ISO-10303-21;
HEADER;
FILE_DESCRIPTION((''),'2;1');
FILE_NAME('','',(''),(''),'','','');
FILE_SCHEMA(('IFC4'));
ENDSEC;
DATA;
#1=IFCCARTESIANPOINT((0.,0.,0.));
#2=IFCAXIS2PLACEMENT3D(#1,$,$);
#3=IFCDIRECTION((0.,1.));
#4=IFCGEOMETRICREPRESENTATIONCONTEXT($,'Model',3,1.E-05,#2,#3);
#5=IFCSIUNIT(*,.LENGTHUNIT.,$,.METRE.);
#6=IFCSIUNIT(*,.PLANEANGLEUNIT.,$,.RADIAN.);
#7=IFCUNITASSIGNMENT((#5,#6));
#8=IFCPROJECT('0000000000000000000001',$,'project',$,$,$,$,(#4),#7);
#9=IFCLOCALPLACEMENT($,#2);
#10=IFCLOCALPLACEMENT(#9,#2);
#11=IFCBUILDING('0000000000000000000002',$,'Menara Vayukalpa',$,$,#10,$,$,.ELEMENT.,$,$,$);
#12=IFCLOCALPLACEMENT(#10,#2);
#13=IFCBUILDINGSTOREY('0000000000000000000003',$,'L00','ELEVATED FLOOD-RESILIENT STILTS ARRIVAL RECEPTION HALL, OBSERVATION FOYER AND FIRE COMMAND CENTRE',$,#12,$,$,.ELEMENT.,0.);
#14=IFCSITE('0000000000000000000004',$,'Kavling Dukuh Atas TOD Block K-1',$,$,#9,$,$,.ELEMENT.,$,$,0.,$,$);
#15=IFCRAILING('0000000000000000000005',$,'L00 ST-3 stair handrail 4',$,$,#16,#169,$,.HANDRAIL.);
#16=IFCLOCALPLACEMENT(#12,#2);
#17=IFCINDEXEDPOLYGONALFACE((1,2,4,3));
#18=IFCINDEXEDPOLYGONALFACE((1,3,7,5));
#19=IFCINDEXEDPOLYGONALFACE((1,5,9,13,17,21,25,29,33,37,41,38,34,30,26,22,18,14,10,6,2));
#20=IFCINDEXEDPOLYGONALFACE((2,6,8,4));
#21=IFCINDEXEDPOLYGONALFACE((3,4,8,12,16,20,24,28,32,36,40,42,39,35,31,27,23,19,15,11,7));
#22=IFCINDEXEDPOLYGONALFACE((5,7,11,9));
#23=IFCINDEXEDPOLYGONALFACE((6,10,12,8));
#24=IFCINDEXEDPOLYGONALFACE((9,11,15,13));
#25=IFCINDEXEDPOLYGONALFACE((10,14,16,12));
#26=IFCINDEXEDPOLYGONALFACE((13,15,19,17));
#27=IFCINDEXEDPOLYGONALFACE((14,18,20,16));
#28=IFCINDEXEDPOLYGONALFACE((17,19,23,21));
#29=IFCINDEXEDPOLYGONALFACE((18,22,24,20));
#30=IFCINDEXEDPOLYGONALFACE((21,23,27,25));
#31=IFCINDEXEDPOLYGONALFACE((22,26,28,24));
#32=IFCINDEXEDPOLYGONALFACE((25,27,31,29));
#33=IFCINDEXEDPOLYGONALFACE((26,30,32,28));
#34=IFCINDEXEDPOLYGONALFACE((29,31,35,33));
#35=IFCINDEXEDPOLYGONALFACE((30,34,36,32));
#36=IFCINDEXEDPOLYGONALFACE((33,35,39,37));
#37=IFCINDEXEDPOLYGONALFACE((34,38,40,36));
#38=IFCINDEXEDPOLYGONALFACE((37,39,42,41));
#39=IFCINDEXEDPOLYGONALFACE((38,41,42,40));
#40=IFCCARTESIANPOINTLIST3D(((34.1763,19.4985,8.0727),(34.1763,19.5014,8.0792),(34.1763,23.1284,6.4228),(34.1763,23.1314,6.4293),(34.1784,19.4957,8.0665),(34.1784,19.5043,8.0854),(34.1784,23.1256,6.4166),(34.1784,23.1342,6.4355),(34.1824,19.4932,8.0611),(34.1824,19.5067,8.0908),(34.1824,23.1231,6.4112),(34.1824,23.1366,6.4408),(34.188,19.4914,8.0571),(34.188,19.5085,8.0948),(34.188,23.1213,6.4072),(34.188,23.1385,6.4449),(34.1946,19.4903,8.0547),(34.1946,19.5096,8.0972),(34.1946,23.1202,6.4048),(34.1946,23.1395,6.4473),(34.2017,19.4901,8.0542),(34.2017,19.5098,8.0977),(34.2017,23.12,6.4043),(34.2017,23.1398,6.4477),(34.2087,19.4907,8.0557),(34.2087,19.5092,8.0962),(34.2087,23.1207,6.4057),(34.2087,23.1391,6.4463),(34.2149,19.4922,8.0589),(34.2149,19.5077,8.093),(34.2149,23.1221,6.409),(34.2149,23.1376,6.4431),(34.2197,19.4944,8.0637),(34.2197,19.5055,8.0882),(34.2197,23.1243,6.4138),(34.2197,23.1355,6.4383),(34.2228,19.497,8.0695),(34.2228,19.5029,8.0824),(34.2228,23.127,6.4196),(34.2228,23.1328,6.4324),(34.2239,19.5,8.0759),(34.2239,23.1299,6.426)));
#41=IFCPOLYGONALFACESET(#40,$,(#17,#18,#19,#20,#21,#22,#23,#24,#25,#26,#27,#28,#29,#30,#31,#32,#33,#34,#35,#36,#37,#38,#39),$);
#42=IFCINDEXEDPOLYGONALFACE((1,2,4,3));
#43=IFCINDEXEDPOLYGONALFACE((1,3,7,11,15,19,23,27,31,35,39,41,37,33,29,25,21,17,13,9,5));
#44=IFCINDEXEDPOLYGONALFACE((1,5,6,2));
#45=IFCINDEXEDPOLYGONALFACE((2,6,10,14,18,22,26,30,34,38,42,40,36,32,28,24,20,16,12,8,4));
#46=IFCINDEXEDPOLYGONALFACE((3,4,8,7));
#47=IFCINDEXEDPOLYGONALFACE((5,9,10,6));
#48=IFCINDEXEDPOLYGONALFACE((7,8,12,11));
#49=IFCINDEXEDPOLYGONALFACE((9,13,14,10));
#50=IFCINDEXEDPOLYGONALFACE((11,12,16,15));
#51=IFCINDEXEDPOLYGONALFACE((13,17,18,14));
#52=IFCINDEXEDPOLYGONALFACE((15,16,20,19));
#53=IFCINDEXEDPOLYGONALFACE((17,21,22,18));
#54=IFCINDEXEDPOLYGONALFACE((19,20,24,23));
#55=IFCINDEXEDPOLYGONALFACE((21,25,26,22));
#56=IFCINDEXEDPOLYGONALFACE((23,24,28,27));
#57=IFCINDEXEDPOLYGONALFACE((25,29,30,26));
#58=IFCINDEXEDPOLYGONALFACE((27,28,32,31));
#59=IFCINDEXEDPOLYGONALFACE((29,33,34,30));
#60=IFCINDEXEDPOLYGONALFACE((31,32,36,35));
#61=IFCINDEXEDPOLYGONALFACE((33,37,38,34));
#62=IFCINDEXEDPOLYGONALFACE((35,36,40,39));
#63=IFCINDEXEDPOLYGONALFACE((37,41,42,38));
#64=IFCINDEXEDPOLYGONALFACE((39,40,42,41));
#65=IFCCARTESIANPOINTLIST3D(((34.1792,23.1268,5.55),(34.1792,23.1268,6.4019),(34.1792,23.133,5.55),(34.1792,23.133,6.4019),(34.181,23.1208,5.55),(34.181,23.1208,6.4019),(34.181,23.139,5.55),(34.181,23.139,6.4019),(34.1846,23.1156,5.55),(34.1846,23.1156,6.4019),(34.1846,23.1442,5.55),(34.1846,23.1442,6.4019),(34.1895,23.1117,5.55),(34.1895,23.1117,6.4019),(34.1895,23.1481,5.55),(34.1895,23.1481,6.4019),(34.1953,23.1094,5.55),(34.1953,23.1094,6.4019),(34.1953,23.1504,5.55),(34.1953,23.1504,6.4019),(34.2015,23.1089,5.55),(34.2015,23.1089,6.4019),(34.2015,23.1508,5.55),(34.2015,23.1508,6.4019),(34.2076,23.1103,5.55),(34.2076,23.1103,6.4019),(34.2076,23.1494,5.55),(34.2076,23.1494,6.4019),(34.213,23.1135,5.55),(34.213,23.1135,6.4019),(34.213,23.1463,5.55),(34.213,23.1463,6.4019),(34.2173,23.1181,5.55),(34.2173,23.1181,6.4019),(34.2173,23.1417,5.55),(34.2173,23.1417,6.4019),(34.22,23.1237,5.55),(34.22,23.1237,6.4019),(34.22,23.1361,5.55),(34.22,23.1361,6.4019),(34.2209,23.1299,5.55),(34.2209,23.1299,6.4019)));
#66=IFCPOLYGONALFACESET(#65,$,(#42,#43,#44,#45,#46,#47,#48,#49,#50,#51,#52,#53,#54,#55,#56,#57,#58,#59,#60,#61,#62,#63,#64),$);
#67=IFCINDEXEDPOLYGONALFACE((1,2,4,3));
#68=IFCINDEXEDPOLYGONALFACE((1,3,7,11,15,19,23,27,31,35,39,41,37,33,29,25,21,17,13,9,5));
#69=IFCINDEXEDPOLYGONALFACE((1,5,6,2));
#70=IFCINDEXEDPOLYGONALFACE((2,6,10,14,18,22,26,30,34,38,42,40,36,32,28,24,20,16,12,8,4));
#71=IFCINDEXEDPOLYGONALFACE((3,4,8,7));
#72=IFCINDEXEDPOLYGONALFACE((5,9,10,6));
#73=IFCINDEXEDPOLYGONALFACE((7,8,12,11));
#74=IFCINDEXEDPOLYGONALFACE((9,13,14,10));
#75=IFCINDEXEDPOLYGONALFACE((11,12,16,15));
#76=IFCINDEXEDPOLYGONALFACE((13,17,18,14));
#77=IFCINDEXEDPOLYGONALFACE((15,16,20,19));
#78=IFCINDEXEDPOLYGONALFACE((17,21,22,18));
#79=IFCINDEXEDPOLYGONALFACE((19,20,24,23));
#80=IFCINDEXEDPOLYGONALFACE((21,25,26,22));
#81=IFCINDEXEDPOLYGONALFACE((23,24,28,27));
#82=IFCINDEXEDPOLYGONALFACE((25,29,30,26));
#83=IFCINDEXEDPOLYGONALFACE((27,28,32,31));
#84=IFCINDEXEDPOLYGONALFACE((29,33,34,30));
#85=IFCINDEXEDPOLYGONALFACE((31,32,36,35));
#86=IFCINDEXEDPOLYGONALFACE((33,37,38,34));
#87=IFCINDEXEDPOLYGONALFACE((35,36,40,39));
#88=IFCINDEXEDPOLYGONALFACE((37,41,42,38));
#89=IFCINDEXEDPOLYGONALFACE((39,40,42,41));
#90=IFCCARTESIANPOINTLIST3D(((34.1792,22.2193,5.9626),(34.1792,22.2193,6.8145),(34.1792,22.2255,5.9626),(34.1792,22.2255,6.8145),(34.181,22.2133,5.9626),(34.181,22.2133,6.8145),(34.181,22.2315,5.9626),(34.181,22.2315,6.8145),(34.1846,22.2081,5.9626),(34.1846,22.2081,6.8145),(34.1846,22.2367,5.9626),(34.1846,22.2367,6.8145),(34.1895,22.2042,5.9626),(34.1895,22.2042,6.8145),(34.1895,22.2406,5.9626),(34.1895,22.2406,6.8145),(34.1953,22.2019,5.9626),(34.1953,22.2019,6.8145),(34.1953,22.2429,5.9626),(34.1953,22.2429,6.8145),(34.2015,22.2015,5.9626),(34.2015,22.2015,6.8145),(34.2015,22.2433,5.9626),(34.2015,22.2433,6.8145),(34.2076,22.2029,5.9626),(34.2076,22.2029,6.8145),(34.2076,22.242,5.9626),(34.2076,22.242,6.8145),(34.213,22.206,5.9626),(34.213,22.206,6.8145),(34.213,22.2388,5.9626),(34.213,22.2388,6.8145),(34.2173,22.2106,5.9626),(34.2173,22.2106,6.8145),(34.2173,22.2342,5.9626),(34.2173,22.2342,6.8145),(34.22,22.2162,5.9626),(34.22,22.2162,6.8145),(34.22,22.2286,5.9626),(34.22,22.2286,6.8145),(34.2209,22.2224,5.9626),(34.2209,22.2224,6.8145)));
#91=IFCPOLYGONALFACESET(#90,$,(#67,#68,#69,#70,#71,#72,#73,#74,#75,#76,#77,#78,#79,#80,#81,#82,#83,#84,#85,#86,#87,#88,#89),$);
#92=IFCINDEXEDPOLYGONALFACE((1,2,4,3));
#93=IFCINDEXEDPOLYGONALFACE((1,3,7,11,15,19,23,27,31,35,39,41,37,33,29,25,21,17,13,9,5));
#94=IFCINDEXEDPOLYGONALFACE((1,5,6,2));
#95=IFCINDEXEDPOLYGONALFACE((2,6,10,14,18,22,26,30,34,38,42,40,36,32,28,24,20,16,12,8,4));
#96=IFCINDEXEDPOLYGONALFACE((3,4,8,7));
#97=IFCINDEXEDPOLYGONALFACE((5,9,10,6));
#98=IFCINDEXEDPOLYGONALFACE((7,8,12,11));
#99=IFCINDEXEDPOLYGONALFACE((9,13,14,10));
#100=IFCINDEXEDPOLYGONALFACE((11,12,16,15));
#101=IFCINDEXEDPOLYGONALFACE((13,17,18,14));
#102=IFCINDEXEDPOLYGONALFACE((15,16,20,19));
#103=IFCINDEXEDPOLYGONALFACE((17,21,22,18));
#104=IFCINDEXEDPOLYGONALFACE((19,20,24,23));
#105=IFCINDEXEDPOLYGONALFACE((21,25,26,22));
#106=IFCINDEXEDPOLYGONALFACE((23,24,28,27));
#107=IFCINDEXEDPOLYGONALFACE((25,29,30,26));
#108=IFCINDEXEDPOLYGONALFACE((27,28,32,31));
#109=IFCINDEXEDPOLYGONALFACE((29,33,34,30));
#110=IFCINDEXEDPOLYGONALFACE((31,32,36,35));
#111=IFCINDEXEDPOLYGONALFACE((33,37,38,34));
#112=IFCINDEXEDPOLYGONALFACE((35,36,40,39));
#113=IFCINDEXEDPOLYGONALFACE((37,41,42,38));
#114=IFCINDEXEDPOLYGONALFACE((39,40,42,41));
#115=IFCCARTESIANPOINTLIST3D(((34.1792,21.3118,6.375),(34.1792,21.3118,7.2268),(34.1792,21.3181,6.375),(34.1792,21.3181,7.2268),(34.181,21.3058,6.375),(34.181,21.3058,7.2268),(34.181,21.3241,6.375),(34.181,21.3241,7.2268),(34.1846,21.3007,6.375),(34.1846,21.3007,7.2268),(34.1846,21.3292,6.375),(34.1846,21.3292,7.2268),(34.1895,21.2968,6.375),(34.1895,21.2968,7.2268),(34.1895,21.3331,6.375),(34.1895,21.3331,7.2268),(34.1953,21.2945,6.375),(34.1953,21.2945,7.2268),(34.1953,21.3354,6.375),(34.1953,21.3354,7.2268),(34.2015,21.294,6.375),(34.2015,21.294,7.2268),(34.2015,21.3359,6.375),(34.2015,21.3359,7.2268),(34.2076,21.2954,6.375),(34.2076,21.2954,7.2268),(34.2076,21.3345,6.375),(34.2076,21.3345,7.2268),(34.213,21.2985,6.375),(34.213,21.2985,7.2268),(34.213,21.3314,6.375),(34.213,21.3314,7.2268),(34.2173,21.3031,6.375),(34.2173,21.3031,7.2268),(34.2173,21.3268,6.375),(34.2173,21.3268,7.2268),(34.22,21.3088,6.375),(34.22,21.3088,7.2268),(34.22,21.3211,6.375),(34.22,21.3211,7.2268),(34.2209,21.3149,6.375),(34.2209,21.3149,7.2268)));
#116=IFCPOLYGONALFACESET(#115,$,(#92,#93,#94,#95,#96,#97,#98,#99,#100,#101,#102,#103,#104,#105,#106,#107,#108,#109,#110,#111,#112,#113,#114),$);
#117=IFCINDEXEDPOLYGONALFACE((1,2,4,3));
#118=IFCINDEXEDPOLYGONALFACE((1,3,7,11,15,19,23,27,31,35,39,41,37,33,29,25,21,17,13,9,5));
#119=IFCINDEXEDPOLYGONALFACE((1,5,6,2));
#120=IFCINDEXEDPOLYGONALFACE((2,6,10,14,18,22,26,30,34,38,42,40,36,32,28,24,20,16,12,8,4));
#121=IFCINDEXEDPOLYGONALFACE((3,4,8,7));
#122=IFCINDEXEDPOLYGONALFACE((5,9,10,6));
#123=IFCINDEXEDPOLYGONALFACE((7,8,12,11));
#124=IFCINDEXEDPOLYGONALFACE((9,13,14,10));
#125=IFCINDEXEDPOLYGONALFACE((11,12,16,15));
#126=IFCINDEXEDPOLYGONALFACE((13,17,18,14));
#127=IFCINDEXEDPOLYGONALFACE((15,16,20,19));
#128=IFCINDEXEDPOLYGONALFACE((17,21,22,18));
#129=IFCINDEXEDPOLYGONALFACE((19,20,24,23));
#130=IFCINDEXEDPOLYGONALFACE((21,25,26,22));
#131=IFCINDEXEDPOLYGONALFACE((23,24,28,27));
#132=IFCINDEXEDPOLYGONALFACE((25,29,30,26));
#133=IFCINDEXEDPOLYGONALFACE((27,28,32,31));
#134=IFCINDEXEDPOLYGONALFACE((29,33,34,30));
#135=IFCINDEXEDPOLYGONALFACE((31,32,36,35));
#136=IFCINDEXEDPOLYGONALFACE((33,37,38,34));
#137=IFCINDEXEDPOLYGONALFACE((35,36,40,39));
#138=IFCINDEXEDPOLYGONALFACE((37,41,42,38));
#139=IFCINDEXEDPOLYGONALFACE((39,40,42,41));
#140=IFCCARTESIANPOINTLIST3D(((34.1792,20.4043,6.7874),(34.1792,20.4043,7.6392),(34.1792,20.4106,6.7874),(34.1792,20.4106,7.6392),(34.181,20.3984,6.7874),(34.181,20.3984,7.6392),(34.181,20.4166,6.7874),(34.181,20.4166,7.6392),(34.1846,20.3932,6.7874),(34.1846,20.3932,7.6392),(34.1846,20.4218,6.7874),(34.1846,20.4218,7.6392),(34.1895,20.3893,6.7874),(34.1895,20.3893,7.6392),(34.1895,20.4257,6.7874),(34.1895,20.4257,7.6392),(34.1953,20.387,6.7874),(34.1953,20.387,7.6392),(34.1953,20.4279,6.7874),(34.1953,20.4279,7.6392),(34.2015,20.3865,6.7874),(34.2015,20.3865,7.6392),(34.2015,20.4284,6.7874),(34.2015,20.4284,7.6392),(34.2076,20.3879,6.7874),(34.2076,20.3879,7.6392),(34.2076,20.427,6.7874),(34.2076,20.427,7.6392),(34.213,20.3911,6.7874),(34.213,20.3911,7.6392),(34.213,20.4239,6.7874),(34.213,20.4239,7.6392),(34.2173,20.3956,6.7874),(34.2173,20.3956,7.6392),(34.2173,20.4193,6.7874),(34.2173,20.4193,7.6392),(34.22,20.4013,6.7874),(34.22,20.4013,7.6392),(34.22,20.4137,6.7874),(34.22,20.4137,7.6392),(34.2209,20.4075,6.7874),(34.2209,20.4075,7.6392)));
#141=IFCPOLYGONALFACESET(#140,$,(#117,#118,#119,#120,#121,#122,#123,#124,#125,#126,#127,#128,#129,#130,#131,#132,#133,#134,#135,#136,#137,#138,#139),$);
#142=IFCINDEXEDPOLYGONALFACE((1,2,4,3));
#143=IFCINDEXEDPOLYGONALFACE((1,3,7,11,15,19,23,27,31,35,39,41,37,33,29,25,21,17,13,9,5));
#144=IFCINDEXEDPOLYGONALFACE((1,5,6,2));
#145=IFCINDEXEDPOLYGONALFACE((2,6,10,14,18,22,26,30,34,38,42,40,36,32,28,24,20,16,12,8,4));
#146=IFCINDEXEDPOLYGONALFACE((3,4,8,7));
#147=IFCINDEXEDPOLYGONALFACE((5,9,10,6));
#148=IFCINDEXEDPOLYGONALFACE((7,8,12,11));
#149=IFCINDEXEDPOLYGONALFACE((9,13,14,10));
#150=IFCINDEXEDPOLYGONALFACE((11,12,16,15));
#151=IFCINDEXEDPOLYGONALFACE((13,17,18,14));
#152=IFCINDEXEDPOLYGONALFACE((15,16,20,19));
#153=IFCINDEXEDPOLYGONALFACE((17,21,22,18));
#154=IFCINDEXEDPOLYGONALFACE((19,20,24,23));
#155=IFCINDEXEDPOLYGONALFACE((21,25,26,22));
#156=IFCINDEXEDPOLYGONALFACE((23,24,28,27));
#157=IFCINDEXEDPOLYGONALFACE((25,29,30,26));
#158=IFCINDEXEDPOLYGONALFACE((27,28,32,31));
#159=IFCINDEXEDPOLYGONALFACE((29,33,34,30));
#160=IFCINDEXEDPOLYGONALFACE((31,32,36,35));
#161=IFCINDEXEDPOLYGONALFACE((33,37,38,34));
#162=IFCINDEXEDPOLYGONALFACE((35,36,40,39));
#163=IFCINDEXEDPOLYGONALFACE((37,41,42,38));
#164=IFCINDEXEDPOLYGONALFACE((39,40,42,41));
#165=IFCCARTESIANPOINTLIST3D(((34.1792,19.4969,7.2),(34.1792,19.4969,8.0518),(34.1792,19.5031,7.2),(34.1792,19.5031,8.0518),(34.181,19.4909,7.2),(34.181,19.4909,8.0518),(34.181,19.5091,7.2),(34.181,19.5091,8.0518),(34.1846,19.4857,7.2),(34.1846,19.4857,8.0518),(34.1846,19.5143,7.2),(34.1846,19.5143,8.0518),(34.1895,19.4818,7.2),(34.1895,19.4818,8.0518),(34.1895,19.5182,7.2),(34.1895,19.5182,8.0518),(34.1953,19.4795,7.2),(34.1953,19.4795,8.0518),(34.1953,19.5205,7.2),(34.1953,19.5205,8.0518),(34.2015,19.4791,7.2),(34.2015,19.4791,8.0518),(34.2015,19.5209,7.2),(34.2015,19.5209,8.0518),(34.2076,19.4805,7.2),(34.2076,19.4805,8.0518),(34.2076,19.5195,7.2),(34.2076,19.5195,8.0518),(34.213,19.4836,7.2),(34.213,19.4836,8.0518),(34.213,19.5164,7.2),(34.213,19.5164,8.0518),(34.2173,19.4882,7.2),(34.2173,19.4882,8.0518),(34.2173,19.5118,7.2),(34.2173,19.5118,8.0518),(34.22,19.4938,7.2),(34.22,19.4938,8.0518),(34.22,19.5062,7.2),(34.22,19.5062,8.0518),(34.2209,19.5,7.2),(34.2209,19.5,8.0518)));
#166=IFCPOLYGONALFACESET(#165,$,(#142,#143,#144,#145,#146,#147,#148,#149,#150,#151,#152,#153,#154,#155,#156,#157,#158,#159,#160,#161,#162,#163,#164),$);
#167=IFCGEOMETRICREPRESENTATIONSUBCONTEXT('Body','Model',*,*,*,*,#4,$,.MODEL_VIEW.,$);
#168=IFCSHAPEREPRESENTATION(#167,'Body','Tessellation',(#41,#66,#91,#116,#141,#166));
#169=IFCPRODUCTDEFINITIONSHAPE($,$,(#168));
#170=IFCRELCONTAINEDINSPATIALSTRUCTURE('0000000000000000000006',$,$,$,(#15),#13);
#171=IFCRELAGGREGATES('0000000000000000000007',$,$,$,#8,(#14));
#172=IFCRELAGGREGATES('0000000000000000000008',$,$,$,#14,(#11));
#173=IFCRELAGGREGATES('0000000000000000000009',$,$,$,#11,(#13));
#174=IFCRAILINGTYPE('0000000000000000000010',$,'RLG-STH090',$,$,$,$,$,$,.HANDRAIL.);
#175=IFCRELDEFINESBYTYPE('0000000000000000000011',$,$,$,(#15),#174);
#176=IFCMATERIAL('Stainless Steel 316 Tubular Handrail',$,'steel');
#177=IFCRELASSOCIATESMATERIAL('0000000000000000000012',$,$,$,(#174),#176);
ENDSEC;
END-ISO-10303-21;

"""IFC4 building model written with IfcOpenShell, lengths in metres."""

from ifc_helpers import new_model, si_unit, direction, frame, origin, origin_2d, place, context, subcontext, project, spatial, circle, extrude, material, type_object, element, save


model = new_model("IFC4")

# Units and contexts
model_context = context("Model", 3, precision=1e-05, world=origin(), true_north=direction((0.0, 1.0)))
body_context = subcontext(model_context, "Body", "Model", "MODEL_VIEW")
ifc_project = project(units=[si_unit("LENGTHUNIT", "METRE"), si_unit("PLANEANGLEUNIT", "RADIAN")], contexts=[model_context])

# Site, building, storey
site_placement = place(None, origin())
site = spatial("IfcSite", under=ifc_project, at=site_placement, Name="Kavling Dukuh Atas TOD Block K-1", CompositionType="ELEMENT", RefElevation=0.0)
building_placement = place(site_placement, origin())
building = spatial("IfcBuilding", under=site, at=building_placement, Name="Menara Vayukalpa", CompositionType="ELEMENT")
storey_placement = place(building_placement, origin())
storey = spatial("IfcBuildingStorey", under=building, at=storey_placement, Name="L00", Description="ELEVATED FLOOD-RESILIENT STILTS ARRIVAL RECEPTION HALL, OBSERVATION FOYER AND FIRE COMMAND CENTRE", CompositionType="ELEMENT", Elevation=0.0)

# Railing
ifc_material_1 = material(Name="Stainless Steel 316 Tubular Handrail", Category="steel")
railing_type_1 = type_object("IfcRailingType", Name="RLG-STH090", PredefinedType="HANDRAIL", material=ifc_material_1)
railing_1_placement = place(storey_placement, frame((34.2, 23.1299, 5.55)))
element("IfcRailing", 1, at=railing_1_placement, inside=storey, type_object=railing_type_1, Name="L00 ST-3 stair handrail 4", PredefinedType="HANDRAIL", context=body_context, shape_type="SweptSolid", body=[
    extrude(circle(Radius=0.0239, at=origin_2d()), frame((0.0, 0.0, 0.876), z_axis=(0.0, -0.910371, 0.413794), x_axis=(1.0, 0.0, 0.0)), (0.0, 0.0, 1.0), 3.9873),
    extrude(circle(Radius=0.021, at=origin_2d()), origin(), (0.0, 0.0, 1.0), 0.8518),
    extrude(circle(Radius=0.021, at=origin_2d()), frame((0.0, -0.9075, 0.4126)), (0.0, 0.0, 1.0), 0.8518),
    extrude(circle(Radius=0.021, at=origin_2d()), frame((0.0, -1.8149, 0.825)), (0.0, 0.0, 1.0), 0.8518),
    extrude(circle(Radius=0.021, at=origin_2d()), frame((0.0, -2.7224, 1.2373)), (0.0, 0.0, 1.0), 0.8518),
    extrude(circle(Radius=0.021, at=origin_2d()), frame((0.0, -3.6299, 1.6499)), (0.0, 0.0, 1.0), 0.8518),
])

save(model, "model.ifc")
